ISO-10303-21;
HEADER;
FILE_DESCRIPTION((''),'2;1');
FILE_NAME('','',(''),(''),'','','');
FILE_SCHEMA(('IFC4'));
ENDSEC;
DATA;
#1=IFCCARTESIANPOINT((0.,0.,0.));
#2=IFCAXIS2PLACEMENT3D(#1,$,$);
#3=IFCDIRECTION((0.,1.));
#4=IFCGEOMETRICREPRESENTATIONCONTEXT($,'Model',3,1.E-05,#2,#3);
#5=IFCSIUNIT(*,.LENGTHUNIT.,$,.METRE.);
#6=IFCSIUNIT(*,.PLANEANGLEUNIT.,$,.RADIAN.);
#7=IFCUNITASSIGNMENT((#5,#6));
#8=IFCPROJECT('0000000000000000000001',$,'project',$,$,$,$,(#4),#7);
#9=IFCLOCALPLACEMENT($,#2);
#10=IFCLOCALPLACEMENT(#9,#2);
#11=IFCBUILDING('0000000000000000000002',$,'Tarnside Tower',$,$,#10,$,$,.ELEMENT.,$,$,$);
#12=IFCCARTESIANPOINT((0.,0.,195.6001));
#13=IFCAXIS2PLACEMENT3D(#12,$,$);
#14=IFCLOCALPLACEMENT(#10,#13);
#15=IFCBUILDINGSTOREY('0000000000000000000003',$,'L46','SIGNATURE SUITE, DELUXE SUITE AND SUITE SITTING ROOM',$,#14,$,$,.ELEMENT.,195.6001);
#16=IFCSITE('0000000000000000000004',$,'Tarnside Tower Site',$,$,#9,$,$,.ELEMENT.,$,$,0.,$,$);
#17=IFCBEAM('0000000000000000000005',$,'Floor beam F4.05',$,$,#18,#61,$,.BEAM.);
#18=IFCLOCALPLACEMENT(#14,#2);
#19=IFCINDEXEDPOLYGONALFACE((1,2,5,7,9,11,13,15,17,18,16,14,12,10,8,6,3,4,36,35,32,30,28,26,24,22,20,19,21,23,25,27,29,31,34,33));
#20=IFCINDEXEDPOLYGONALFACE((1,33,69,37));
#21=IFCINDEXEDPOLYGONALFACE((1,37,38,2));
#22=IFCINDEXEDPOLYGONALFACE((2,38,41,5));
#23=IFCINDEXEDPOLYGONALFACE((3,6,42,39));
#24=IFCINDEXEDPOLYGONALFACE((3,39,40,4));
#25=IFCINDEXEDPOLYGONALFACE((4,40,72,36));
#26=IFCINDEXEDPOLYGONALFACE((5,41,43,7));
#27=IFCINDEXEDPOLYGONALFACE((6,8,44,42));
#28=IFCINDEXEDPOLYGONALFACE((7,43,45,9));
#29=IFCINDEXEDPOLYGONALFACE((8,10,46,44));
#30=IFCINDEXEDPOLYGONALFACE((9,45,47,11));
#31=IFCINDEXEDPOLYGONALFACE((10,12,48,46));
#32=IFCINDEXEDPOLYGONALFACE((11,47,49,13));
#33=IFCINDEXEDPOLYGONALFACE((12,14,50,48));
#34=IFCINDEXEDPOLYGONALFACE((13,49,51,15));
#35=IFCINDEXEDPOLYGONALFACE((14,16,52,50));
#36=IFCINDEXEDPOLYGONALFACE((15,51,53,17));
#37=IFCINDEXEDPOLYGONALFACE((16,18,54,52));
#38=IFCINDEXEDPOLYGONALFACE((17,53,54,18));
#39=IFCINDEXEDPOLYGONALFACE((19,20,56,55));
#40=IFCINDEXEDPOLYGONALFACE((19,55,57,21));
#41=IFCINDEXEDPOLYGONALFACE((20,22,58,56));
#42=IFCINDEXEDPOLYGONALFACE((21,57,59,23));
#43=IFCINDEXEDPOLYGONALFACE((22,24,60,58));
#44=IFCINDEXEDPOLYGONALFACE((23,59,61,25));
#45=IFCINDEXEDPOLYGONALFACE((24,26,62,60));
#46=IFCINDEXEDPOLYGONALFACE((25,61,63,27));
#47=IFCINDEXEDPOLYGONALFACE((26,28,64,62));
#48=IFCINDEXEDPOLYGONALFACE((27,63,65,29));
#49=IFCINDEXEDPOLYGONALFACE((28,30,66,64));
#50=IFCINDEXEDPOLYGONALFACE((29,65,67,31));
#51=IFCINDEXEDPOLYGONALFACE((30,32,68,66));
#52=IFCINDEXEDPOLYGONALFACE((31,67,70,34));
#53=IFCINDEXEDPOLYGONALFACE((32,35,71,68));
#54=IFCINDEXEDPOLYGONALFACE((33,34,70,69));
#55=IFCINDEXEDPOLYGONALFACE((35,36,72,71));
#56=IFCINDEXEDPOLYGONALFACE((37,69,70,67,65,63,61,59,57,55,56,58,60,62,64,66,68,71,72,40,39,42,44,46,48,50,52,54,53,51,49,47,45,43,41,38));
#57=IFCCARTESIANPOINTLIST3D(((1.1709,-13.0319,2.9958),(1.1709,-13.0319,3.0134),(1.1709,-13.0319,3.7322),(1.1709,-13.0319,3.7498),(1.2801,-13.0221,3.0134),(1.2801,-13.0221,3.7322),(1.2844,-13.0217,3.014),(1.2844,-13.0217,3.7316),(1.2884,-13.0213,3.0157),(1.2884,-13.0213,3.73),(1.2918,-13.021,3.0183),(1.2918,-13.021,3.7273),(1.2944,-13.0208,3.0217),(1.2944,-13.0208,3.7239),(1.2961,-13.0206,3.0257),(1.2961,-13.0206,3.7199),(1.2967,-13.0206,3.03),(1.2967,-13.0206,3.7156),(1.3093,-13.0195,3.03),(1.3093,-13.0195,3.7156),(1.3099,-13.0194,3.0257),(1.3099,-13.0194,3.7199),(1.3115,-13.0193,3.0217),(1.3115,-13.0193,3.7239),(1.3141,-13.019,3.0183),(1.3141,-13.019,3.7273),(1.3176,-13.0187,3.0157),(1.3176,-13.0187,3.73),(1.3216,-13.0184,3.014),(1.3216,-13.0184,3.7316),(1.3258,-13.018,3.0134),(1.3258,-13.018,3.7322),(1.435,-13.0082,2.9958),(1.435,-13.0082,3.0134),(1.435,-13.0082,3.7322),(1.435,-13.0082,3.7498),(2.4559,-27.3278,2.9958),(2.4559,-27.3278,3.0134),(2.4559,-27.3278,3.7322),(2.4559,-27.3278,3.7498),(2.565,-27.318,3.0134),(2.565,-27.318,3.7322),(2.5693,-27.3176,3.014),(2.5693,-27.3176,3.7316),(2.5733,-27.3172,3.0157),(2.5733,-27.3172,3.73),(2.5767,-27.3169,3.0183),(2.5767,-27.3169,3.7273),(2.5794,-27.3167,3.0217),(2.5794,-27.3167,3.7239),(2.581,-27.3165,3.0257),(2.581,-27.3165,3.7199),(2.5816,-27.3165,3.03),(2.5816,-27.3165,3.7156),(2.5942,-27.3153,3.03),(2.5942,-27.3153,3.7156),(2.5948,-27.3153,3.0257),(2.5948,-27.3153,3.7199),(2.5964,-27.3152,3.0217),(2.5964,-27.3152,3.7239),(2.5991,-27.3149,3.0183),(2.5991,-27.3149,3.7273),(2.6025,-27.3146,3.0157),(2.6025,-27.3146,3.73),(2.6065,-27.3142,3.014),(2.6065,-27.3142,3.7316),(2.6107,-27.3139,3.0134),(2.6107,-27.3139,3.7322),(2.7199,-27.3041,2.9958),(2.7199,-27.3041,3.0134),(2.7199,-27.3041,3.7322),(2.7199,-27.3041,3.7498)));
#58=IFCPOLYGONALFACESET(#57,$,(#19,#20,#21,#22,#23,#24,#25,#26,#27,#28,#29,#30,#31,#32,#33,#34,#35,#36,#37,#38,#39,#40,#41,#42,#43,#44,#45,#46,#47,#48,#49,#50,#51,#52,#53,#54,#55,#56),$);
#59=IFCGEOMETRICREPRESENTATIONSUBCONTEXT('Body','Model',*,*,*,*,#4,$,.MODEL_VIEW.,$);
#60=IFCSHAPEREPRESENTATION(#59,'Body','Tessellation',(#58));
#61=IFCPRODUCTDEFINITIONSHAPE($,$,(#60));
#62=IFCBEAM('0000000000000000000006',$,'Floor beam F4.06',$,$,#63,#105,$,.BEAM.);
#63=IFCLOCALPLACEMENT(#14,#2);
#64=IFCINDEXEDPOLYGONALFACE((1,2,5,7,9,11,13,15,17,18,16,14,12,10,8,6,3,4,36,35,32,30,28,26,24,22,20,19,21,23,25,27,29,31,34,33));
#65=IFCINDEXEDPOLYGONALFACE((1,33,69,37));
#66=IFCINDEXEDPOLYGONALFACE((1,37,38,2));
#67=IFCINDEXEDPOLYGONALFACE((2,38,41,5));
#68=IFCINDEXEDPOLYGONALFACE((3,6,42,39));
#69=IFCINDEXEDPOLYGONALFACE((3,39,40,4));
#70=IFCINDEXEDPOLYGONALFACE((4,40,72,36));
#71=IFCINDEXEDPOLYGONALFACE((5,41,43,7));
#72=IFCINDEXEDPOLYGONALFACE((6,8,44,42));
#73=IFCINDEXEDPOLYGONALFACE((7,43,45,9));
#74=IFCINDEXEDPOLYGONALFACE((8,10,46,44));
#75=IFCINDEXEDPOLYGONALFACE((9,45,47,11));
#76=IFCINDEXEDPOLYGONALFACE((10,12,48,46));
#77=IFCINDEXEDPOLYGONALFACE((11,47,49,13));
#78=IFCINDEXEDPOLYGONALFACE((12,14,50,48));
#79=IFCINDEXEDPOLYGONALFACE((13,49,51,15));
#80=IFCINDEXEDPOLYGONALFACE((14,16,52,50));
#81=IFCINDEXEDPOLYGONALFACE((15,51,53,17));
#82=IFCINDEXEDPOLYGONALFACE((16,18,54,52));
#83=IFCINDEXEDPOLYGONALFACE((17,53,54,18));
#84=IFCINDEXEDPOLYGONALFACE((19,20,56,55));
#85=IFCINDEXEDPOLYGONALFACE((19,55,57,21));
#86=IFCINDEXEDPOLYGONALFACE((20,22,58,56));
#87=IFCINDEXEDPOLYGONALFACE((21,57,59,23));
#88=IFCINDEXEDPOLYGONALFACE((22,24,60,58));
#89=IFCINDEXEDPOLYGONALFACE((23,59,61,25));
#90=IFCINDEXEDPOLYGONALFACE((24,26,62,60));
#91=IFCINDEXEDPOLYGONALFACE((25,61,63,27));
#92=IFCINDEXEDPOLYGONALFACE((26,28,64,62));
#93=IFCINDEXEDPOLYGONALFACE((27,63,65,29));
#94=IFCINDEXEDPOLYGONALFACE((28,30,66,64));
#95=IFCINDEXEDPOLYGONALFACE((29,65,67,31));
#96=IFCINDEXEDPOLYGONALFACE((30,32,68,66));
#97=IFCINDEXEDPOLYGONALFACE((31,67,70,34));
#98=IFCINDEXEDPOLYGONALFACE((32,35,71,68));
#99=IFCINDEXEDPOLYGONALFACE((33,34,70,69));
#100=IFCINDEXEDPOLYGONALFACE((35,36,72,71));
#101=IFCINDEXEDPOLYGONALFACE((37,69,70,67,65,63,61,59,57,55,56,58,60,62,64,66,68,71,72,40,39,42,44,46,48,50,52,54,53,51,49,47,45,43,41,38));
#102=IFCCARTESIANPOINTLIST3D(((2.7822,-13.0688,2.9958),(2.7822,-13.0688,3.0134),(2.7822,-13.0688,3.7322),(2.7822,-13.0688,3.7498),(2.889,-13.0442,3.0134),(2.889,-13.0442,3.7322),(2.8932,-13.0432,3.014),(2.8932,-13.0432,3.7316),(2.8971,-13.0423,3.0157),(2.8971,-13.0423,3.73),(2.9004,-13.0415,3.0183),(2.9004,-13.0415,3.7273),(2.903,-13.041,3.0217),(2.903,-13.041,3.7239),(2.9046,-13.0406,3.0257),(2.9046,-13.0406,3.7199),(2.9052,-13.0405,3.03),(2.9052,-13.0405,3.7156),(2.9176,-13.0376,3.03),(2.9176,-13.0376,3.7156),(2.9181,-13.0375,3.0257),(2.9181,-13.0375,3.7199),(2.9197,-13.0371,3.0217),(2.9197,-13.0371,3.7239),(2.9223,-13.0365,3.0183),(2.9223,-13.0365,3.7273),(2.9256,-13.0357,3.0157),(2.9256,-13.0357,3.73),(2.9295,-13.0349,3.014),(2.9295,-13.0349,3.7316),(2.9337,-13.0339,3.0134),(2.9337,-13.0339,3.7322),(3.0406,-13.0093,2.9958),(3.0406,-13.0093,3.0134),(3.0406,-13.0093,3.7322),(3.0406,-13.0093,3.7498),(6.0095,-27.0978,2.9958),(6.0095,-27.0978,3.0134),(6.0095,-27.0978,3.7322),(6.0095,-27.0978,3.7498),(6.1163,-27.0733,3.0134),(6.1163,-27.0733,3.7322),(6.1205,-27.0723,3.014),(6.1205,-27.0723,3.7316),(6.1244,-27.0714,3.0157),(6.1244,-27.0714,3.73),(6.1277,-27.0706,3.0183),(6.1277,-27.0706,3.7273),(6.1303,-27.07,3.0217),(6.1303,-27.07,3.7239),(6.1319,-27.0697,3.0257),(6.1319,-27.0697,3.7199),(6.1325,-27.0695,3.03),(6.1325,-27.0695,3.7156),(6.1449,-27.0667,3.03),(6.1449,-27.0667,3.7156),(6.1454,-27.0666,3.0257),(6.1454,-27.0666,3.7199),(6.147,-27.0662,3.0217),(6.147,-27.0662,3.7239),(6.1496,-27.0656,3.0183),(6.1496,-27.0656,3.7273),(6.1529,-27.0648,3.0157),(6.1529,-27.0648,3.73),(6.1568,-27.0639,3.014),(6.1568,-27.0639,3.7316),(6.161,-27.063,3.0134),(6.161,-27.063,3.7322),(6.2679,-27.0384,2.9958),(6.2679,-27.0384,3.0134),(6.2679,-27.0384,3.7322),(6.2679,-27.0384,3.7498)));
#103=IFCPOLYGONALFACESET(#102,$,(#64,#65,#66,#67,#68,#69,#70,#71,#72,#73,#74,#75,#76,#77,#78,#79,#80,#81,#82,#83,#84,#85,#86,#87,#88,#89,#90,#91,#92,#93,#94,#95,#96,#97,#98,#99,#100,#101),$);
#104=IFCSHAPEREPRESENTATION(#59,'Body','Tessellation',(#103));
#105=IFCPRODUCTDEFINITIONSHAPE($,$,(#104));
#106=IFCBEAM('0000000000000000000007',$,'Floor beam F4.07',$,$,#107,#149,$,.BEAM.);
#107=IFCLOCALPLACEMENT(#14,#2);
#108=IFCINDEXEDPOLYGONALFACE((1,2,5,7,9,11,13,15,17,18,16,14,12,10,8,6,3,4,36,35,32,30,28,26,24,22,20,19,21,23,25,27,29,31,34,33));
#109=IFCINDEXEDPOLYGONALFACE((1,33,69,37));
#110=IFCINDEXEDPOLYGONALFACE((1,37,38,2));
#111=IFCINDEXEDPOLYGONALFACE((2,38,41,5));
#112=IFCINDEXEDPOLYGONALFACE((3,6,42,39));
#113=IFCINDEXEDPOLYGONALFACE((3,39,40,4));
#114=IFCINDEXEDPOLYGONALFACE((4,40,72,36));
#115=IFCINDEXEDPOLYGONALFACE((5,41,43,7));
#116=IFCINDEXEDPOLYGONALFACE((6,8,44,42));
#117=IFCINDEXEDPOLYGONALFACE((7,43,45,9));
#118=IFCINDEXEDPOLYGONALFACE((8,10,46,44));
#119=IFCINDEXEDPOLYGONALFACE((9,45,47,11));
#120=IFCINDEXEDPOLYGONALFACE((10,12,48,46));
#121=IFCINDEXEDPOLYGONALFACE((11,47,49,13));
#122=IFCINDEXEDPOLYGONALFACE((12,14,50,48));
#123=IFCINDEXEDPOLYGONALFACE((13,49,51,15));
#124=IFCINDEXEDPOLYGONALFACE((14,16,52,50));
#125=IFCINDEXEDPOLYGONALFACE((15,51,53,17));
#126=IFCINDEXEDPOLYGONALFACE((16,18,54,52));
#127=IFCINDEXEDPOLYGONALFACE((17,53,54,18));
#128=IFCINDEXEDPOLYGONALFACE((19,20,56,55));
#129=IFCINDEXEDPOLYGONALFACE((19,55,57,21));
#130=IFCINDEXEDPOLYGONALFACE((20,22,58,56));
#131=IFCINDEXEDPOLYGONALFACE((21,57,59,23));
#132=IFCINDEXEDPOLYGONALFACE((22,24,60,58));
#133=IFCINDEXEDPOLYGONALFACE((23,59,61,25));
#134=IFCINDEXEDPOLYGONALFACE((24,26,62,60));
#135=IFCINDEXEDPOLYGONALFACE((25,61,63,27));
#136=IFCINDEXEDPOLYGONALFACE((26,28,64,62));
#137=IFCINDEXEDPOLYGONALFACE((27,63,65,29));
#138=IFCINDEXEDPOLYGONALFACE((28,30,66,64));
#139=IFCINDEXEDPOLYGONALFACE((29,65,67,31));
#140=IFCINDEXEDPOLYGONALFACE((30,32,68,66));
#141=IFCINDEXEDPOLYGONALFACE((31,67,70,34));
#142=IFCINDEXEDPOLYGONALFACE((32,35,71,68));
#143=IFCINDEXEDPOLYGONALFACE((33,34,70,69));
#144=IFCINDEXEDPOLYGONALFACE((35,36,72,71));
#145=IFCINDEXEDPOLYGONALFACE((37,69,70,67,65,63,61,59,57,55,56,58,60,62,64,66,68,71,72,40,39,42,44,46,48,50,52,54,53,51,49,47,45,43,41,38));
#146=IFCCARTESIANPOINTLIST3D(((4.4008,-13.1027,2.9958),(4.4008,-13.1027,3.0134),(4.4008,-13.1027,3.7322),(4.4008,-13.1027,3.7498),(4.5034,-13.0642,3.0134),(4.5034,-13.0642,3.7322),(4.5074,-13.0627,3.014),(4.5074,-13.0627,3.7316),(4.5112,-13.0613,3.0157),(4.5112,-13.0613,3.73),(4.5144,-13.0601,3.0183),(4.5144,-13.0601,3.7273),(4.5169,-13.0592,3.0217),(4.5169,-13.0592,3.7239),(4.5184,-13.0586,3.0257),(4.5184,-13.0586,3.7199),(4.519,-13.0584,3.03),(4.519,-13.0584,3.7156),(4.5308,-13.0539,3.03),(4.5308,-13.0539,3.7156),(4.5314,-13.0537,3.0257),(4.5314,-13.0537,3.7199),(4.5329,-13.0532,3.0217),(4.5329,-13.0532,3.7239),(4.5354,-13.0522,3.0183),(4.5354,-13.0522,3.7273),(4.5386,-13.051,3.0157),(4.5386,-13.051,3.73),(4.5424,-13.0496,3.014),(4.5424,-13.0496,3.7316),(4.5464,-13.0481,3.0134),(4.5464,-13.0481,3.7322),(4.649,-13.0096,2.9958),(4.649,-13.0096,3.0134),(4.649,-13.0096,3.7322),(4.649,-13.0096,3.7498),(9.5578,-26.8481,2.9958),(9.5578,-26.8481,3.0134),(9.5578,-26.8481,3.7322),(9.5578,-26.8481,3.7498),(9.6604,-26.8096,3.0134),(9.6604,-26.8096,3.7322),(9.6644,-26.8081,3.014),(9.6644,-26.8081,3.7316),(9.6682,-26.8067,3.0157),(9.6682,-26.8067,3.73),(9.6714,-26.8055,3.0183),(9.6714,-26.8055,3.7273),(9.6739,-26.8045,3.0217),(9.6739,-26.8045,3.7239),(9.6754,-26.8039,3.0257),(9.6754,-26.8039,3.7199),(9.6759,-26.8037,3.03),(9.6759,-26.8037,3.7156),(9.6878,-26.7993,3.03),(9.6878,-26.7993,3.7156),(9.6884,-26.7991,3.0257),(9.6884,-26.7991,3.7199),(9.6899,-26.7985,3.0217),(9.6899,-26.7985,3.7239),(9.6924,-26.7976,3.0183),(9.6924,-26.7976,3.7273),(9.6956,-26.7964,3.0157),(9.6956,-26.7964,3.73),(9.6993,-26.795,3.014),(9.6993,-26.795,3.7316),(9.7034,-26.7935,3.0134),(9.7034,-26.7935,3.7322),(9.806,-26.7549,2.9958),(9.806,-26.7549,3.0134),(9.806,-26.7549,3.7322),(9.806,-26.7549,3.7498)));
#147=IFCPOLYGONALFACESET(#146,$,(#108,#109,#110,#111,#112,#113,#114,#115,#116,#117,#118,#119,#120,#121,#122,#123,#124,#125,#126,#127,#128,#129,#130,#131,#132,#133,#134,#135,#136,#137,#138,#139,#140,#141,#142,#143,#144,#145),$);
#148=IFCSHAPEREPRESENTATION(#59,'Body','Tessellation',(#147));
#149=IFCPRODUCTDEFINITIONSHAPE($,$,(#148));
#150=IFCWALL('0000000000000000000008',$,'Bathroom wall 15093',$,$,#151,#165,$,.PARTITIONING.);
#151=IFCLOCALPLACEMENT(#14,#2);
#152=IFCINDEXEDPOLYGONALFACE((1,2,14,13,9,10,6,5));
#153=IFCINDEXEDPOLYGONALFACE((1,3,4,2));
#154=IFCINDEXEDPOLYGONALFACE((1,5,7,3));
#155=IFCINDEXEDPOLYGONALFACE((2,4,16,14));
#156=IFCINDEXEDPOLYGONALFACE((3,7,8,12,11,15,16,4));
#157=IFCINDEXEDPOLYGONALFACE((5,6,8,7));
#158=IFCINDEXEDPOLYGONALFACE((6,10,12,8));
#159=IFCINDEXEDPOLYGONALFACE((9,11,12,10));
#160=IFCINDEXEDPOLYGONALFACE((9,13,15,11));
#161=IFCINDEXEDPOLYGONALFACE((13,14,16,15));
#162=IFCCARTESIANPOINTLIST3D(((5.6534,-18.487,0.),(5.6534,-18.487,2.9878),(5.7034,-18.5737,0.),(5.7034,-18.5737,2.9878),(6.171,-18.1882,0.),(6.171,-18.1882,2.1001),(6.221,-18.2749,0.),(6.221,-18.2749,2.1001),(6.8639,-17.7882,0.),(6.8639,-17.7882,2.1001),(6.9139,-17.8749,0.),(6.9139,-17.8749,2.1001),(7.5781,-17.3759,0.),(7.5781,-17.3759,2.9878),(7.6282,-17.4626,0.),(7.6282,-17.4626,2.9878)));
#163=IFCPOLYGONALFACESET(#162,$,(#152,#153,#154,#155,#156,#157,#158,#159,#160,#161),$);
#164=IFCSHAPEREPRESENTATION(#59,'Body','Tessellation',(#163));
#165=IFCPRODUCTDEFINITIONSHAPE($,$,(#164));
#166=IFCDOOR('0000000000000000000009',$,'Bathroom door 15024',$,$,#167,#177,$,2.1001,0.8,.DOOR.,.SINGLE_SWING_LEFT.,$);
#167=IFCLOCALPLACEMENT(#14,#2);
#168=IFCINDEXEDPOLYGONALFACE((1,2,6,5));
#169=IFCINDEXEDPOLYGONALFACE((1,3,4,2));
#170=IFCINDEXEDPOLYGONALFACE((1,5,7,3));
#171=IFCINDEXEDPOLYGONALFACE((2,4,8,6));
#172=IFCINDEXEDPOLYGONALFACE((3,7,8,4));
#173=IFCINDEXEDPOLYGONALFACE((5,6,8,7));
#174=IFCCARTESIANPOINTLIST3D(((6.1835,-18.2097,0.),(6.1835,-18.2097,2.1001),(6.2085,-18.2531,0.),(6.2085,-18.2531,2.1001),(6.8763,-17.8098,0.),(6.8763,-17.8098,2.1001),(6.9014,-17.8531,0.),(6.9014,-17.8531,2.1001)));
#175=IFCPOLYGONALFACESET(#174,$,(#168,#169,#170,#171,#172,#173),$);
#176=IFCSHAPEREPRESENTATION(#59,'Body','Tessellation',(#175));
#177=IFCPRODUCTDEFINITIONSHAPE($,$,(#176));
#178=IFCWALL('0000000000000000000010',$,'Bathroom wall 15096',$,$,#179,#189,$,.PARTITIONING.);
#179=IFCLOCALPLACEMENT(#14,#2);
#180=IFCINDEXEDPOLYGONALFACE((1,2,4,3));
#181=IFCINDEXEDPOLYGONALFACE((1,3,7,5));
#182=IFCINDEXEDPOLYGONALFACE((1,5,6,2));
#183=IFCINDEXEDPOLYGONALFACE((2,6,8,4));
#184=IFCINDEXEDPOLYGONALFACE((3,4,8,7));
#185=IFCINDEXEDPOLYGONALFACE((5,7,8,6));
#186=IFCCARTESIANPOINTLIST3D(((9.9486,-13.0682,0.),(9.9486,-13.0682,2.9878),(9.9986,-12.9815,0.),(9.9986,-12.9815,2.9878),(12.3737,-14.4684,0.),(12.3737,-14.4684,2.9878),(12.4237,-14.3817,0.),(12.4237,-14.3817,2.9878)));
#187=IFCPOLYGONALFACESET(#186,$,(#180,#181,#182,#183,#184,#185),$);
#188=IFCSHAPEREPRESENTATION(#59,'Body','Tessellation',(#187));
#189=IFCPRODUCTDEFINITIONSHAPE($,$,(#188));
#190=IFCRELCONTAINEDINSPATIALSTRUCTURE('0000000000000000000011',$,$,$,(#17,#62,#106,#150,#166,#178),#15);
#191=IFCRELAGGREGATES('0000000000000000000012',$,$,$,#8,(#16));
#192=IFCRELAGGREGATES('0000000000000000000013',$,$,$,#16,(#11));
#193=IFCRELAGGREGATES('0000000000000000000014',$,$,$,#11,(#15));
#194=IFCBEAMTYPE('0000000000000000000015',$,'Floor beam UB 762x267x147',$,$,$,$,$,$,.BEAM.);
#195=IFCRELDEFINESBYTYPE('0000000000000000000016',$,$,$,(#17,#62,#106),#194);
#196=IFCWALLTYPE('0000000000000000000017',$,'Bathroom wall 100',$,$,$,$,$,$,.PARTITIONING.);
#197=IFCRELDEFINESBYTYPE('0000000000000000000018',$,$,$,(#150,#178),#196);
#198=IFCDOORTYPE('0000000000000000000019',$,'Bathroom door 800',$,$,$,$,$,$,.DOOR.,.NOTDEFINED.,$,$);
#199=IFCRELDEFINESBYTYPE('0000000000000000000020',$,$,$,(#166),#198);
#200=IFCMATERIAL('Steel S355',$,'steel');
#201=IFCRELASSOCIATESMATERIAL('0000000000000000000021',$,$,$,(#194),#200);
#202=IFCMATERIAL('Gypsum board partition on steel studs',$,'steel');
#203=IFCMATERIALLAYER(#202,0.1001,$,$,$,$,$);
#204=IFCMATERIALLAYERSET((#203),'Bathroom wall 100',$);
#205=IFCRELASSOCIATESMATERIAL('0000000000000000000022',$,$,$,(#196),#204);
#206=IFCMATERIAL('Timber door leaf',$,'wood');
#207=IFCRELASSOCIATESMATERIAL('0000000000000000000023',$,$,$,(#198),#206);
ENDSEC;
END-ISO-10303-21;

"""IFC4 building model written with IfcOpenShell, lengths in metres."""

from ifc_helpers import new_model, si_unit, direction, frame, frame_2d, origin, origin_2d, place, context, subcontext, project, spatial, rectangle, i_section, extrude, material, layer, layer_set, material_profile, profile_set, type_object, element, fill, save


model = new_model("IFC4")

# Units and contexts
model_context = context("Model", 3, precision=1e-05, world=origin(), true_north=direction((0.0, 1.0)))
body_context = subcontext(model_context, "Body", "Model", "MODEL_VIEW")
ifc_project = project(units=[si_unit("LENGTHUNIT", "METRE"), si_unit("PLANEANGLEUNIT", "RADIAN")], contexts=[model_context])

# Site, building, storey
site_placement = place(None, origin())
site = spatial("IfcSite", under=ifc_project, at=site_placement, Name="Tarnside Tower Site", CompositionType="ELEMENT", RefElevation=0.0)
building_placement = place(site_placement, origin())
building = spatial("IfcBuilding", under=site, at=building_placement, Name="Tarnside Tower", CompositionType="ELEMENT")
storey_placement = place(building_placement, frame((0.0, 0.0, 195.6001)))
storey = spatial("IfcBuildingStorey", under=building, at=storey_placement, Name="L46", Description="SIGNATURE SUITE, DELUXE SUITE AND SUITE SITTING ROOM", CompositionType="ELEMENT", Elevation=195.6001)

# Beams
ifc_material_1 = material(Name="Steel S355", Category="steel")
ifc_material_profile = material_profile(ifc_material_1, i_section(OverallWidth=0.2651, OverallDepth=0.7539, WebThickness=0.0127, FlangeThickness=0.0176, FilletRadius=0.0166, at=origin_2d()), Name="UB 762x267x147")
ifc_profile_set = profile_set([ifc_material_profile], Name="Steel S355")
beam_type = type_object("IfcBeamType", Name="Floor beam UB 762x267x147", PredefinedType="BEAM", material=ifc_profile_set)
beam_1_placement = place(storey_placement, frame((2.5879, -27.3159, 3.3728), z_axis=(-0.089519, 0.995985, 0.0), x_axis=(-0.995985, -0.089519, 0.0)))
element("IfcBeam", 1, at=beam_1_placement, inside=storey, type_object=beam_type, Name="Floor beam F4.05", PredefinedType="BEAM", context=body_context, shape_type="SweptSolid", body=[
    extrude(i_section(OverallWidth=0.2651, OverallDepth=0.7539, WebThickness=0.0127, FlangeThickness=0.0176, FilletRadius=0.0166, at=origin_2d()), origin(), (0.0, 0.0, 1.0), 14.3535),
])
beam_2_placement = place(storey_placement, frame((6.1387, -27.0681, 3.3728), z_axis=(-0.224188, 0.974546, 0.0), x_axis=(-0.974546, -0.224188, 0.0)))
element("IfcBeam", 2, at=beam_2_placement, inside=storey, type_object=beam_type, Name="Floor beam F4.06", PredefinedType="BEAM", context=body_context, shape_type="SweptSolid", body=[
    extrude(i_section(OverallWidth=0.2651, OverallDepth=0.7539, WebThickness=0.0127, FlangeThickness=0.0176, FilletRadius=0.0166, at=origin_2d()), origin(), (0.0, 0.0, 1.0), 14.3955),
])
beam_3_placement = place(storey_placement, frame((9.6819, -26.8015, 3.3728), z_axis=(-0.351271, 0.936274, 0.0), x_axis=(-0.936274, -0.351271, 0.0)))
element("IfcBeam", 3, at=beam_3_placement, inside=storey, type_object=beam_type, Name="Floor beam F4.07", PredefinedType="BEAM", context=body_context, shape_type="SweptSolid", body=[
    extrude(i_section(OverallWidth=0.2651, OverallDepth=0.7539, WebThickness=0.0127, FlangeThickness=0.0176, FilletRadius=0.0166, at=origin_2d()), origin(), (0.0, 0.0, 1.0), 14.6809),
])

# Wall, opening, door
ifc_material_2 = material(Name="Gypsum board partition on steel studs", Category="steel")
ifc_layer_1 = layer(ifc_material_2, 0.1001)
ifc_layer_set_1 = layer_set([ifc_layer_1], Name="Bathroom wall 100")
wall_type_1 = type_object("IfcWallType", Name="Bathroom wall 100", PredefinedType="PARTITIONING", material=ifc_layer_set_1)
wall_1_placement = place(storey_placement, frame((7.6033, -17.4192, 0.0), z_axis=(0.0, 0.0, 1.0), x_axis=(-0.866065, -0.499932, 0.0)))
wall_1 = element("IfcWall", 4, at=wall_1_placement, inside=storey, type_object=wall_type_1, Name="Bathroom wall 15093", PredefinedType="PARTITIONING", context=body_context, shape_type="SweptSolid", body=[
    extrude(rectangle(XDim=2.2224, YDim=0.1001, at=frame_2d((1.1113, 0.0))), origin(), (0.0, 0.0, 1.0), 2.9878),
])
opening_1_placement = place(wall_1_placement, frame((0.825, 0.0, 0.0)))
opening_1 = element("IfcOpeningElement", 5, at=opening_1_placement, cuts=wall_1, PredefinedType="OPENING", context=body_context, shape_type="SweptSolid", body=[
    extrude(rectangle(XDim=0.8, YDim=2.1001, at=frame_2d((0.3999, 1.05))), frame((0.0, 0.0601, 0.0), z_axis=(0.0, -1.0, 0.0), x_axis=(1.0, 0.0, 0.0)), (0.0, 0.0, 1.0), 0.1201),
])
ifc_material_3 = material(Name="Timber door leaf", Category="wood")
door_type_1 = type_object("IfcDoorType", Name="Bathroom door 800", OperationType="NOTDEFINED", PredefinedType="DOOR", material=ifc_material_3)
door_1_placement = place(opening_1_placement, origin())
door_1 = element("IfcDoor", 6, at=door_1_placement, inside=storey, type_object=door_type_1, Name="Bathroom door 15024", OperationType="SINGLE_SWING_LEFT", OverallHeight=2.1001, OverallWidth=0.8, PredefinedType="DOOR", context=body_context, shape_type="SweptSolid", body=[
    extrude(rectangle(XDim=0.8, YDim=2.1001, at=frame_2d((0.3999, 1.05))), frame((0.0, 0.0249, 0.0), z_axis=(0.0, -1.0, 0.0), x_axis=(1.0, 0.0, 0.0)), (0.0, 0.0, 1.0), 0.05),
])
fill(opening_1, door_1)

# Wall
wall_2_placement = place(storey_placement, frame((12.3987, -14.425, 0.0), z_axis=(0.0, 0.0, 1.0), x_axis=(-0.866019, 0.500012, 0.0)))
element("IfcWall", 7, at=wall_2_placement, inside=storey, type_object=wall_type_1, Name="Bathroom wall 15096", PredefinedType="PARTITIONING", context=body_context, shape_type="SweptSolid", body=[
    extrude(rectangle(XDim=2.8003, YDim=0.1001, at=frame_2d((1.4001, 0.0))), origin(), (0.0, 0.0, 1.0), 2.9878),
])

save(model, "model.ifc")
